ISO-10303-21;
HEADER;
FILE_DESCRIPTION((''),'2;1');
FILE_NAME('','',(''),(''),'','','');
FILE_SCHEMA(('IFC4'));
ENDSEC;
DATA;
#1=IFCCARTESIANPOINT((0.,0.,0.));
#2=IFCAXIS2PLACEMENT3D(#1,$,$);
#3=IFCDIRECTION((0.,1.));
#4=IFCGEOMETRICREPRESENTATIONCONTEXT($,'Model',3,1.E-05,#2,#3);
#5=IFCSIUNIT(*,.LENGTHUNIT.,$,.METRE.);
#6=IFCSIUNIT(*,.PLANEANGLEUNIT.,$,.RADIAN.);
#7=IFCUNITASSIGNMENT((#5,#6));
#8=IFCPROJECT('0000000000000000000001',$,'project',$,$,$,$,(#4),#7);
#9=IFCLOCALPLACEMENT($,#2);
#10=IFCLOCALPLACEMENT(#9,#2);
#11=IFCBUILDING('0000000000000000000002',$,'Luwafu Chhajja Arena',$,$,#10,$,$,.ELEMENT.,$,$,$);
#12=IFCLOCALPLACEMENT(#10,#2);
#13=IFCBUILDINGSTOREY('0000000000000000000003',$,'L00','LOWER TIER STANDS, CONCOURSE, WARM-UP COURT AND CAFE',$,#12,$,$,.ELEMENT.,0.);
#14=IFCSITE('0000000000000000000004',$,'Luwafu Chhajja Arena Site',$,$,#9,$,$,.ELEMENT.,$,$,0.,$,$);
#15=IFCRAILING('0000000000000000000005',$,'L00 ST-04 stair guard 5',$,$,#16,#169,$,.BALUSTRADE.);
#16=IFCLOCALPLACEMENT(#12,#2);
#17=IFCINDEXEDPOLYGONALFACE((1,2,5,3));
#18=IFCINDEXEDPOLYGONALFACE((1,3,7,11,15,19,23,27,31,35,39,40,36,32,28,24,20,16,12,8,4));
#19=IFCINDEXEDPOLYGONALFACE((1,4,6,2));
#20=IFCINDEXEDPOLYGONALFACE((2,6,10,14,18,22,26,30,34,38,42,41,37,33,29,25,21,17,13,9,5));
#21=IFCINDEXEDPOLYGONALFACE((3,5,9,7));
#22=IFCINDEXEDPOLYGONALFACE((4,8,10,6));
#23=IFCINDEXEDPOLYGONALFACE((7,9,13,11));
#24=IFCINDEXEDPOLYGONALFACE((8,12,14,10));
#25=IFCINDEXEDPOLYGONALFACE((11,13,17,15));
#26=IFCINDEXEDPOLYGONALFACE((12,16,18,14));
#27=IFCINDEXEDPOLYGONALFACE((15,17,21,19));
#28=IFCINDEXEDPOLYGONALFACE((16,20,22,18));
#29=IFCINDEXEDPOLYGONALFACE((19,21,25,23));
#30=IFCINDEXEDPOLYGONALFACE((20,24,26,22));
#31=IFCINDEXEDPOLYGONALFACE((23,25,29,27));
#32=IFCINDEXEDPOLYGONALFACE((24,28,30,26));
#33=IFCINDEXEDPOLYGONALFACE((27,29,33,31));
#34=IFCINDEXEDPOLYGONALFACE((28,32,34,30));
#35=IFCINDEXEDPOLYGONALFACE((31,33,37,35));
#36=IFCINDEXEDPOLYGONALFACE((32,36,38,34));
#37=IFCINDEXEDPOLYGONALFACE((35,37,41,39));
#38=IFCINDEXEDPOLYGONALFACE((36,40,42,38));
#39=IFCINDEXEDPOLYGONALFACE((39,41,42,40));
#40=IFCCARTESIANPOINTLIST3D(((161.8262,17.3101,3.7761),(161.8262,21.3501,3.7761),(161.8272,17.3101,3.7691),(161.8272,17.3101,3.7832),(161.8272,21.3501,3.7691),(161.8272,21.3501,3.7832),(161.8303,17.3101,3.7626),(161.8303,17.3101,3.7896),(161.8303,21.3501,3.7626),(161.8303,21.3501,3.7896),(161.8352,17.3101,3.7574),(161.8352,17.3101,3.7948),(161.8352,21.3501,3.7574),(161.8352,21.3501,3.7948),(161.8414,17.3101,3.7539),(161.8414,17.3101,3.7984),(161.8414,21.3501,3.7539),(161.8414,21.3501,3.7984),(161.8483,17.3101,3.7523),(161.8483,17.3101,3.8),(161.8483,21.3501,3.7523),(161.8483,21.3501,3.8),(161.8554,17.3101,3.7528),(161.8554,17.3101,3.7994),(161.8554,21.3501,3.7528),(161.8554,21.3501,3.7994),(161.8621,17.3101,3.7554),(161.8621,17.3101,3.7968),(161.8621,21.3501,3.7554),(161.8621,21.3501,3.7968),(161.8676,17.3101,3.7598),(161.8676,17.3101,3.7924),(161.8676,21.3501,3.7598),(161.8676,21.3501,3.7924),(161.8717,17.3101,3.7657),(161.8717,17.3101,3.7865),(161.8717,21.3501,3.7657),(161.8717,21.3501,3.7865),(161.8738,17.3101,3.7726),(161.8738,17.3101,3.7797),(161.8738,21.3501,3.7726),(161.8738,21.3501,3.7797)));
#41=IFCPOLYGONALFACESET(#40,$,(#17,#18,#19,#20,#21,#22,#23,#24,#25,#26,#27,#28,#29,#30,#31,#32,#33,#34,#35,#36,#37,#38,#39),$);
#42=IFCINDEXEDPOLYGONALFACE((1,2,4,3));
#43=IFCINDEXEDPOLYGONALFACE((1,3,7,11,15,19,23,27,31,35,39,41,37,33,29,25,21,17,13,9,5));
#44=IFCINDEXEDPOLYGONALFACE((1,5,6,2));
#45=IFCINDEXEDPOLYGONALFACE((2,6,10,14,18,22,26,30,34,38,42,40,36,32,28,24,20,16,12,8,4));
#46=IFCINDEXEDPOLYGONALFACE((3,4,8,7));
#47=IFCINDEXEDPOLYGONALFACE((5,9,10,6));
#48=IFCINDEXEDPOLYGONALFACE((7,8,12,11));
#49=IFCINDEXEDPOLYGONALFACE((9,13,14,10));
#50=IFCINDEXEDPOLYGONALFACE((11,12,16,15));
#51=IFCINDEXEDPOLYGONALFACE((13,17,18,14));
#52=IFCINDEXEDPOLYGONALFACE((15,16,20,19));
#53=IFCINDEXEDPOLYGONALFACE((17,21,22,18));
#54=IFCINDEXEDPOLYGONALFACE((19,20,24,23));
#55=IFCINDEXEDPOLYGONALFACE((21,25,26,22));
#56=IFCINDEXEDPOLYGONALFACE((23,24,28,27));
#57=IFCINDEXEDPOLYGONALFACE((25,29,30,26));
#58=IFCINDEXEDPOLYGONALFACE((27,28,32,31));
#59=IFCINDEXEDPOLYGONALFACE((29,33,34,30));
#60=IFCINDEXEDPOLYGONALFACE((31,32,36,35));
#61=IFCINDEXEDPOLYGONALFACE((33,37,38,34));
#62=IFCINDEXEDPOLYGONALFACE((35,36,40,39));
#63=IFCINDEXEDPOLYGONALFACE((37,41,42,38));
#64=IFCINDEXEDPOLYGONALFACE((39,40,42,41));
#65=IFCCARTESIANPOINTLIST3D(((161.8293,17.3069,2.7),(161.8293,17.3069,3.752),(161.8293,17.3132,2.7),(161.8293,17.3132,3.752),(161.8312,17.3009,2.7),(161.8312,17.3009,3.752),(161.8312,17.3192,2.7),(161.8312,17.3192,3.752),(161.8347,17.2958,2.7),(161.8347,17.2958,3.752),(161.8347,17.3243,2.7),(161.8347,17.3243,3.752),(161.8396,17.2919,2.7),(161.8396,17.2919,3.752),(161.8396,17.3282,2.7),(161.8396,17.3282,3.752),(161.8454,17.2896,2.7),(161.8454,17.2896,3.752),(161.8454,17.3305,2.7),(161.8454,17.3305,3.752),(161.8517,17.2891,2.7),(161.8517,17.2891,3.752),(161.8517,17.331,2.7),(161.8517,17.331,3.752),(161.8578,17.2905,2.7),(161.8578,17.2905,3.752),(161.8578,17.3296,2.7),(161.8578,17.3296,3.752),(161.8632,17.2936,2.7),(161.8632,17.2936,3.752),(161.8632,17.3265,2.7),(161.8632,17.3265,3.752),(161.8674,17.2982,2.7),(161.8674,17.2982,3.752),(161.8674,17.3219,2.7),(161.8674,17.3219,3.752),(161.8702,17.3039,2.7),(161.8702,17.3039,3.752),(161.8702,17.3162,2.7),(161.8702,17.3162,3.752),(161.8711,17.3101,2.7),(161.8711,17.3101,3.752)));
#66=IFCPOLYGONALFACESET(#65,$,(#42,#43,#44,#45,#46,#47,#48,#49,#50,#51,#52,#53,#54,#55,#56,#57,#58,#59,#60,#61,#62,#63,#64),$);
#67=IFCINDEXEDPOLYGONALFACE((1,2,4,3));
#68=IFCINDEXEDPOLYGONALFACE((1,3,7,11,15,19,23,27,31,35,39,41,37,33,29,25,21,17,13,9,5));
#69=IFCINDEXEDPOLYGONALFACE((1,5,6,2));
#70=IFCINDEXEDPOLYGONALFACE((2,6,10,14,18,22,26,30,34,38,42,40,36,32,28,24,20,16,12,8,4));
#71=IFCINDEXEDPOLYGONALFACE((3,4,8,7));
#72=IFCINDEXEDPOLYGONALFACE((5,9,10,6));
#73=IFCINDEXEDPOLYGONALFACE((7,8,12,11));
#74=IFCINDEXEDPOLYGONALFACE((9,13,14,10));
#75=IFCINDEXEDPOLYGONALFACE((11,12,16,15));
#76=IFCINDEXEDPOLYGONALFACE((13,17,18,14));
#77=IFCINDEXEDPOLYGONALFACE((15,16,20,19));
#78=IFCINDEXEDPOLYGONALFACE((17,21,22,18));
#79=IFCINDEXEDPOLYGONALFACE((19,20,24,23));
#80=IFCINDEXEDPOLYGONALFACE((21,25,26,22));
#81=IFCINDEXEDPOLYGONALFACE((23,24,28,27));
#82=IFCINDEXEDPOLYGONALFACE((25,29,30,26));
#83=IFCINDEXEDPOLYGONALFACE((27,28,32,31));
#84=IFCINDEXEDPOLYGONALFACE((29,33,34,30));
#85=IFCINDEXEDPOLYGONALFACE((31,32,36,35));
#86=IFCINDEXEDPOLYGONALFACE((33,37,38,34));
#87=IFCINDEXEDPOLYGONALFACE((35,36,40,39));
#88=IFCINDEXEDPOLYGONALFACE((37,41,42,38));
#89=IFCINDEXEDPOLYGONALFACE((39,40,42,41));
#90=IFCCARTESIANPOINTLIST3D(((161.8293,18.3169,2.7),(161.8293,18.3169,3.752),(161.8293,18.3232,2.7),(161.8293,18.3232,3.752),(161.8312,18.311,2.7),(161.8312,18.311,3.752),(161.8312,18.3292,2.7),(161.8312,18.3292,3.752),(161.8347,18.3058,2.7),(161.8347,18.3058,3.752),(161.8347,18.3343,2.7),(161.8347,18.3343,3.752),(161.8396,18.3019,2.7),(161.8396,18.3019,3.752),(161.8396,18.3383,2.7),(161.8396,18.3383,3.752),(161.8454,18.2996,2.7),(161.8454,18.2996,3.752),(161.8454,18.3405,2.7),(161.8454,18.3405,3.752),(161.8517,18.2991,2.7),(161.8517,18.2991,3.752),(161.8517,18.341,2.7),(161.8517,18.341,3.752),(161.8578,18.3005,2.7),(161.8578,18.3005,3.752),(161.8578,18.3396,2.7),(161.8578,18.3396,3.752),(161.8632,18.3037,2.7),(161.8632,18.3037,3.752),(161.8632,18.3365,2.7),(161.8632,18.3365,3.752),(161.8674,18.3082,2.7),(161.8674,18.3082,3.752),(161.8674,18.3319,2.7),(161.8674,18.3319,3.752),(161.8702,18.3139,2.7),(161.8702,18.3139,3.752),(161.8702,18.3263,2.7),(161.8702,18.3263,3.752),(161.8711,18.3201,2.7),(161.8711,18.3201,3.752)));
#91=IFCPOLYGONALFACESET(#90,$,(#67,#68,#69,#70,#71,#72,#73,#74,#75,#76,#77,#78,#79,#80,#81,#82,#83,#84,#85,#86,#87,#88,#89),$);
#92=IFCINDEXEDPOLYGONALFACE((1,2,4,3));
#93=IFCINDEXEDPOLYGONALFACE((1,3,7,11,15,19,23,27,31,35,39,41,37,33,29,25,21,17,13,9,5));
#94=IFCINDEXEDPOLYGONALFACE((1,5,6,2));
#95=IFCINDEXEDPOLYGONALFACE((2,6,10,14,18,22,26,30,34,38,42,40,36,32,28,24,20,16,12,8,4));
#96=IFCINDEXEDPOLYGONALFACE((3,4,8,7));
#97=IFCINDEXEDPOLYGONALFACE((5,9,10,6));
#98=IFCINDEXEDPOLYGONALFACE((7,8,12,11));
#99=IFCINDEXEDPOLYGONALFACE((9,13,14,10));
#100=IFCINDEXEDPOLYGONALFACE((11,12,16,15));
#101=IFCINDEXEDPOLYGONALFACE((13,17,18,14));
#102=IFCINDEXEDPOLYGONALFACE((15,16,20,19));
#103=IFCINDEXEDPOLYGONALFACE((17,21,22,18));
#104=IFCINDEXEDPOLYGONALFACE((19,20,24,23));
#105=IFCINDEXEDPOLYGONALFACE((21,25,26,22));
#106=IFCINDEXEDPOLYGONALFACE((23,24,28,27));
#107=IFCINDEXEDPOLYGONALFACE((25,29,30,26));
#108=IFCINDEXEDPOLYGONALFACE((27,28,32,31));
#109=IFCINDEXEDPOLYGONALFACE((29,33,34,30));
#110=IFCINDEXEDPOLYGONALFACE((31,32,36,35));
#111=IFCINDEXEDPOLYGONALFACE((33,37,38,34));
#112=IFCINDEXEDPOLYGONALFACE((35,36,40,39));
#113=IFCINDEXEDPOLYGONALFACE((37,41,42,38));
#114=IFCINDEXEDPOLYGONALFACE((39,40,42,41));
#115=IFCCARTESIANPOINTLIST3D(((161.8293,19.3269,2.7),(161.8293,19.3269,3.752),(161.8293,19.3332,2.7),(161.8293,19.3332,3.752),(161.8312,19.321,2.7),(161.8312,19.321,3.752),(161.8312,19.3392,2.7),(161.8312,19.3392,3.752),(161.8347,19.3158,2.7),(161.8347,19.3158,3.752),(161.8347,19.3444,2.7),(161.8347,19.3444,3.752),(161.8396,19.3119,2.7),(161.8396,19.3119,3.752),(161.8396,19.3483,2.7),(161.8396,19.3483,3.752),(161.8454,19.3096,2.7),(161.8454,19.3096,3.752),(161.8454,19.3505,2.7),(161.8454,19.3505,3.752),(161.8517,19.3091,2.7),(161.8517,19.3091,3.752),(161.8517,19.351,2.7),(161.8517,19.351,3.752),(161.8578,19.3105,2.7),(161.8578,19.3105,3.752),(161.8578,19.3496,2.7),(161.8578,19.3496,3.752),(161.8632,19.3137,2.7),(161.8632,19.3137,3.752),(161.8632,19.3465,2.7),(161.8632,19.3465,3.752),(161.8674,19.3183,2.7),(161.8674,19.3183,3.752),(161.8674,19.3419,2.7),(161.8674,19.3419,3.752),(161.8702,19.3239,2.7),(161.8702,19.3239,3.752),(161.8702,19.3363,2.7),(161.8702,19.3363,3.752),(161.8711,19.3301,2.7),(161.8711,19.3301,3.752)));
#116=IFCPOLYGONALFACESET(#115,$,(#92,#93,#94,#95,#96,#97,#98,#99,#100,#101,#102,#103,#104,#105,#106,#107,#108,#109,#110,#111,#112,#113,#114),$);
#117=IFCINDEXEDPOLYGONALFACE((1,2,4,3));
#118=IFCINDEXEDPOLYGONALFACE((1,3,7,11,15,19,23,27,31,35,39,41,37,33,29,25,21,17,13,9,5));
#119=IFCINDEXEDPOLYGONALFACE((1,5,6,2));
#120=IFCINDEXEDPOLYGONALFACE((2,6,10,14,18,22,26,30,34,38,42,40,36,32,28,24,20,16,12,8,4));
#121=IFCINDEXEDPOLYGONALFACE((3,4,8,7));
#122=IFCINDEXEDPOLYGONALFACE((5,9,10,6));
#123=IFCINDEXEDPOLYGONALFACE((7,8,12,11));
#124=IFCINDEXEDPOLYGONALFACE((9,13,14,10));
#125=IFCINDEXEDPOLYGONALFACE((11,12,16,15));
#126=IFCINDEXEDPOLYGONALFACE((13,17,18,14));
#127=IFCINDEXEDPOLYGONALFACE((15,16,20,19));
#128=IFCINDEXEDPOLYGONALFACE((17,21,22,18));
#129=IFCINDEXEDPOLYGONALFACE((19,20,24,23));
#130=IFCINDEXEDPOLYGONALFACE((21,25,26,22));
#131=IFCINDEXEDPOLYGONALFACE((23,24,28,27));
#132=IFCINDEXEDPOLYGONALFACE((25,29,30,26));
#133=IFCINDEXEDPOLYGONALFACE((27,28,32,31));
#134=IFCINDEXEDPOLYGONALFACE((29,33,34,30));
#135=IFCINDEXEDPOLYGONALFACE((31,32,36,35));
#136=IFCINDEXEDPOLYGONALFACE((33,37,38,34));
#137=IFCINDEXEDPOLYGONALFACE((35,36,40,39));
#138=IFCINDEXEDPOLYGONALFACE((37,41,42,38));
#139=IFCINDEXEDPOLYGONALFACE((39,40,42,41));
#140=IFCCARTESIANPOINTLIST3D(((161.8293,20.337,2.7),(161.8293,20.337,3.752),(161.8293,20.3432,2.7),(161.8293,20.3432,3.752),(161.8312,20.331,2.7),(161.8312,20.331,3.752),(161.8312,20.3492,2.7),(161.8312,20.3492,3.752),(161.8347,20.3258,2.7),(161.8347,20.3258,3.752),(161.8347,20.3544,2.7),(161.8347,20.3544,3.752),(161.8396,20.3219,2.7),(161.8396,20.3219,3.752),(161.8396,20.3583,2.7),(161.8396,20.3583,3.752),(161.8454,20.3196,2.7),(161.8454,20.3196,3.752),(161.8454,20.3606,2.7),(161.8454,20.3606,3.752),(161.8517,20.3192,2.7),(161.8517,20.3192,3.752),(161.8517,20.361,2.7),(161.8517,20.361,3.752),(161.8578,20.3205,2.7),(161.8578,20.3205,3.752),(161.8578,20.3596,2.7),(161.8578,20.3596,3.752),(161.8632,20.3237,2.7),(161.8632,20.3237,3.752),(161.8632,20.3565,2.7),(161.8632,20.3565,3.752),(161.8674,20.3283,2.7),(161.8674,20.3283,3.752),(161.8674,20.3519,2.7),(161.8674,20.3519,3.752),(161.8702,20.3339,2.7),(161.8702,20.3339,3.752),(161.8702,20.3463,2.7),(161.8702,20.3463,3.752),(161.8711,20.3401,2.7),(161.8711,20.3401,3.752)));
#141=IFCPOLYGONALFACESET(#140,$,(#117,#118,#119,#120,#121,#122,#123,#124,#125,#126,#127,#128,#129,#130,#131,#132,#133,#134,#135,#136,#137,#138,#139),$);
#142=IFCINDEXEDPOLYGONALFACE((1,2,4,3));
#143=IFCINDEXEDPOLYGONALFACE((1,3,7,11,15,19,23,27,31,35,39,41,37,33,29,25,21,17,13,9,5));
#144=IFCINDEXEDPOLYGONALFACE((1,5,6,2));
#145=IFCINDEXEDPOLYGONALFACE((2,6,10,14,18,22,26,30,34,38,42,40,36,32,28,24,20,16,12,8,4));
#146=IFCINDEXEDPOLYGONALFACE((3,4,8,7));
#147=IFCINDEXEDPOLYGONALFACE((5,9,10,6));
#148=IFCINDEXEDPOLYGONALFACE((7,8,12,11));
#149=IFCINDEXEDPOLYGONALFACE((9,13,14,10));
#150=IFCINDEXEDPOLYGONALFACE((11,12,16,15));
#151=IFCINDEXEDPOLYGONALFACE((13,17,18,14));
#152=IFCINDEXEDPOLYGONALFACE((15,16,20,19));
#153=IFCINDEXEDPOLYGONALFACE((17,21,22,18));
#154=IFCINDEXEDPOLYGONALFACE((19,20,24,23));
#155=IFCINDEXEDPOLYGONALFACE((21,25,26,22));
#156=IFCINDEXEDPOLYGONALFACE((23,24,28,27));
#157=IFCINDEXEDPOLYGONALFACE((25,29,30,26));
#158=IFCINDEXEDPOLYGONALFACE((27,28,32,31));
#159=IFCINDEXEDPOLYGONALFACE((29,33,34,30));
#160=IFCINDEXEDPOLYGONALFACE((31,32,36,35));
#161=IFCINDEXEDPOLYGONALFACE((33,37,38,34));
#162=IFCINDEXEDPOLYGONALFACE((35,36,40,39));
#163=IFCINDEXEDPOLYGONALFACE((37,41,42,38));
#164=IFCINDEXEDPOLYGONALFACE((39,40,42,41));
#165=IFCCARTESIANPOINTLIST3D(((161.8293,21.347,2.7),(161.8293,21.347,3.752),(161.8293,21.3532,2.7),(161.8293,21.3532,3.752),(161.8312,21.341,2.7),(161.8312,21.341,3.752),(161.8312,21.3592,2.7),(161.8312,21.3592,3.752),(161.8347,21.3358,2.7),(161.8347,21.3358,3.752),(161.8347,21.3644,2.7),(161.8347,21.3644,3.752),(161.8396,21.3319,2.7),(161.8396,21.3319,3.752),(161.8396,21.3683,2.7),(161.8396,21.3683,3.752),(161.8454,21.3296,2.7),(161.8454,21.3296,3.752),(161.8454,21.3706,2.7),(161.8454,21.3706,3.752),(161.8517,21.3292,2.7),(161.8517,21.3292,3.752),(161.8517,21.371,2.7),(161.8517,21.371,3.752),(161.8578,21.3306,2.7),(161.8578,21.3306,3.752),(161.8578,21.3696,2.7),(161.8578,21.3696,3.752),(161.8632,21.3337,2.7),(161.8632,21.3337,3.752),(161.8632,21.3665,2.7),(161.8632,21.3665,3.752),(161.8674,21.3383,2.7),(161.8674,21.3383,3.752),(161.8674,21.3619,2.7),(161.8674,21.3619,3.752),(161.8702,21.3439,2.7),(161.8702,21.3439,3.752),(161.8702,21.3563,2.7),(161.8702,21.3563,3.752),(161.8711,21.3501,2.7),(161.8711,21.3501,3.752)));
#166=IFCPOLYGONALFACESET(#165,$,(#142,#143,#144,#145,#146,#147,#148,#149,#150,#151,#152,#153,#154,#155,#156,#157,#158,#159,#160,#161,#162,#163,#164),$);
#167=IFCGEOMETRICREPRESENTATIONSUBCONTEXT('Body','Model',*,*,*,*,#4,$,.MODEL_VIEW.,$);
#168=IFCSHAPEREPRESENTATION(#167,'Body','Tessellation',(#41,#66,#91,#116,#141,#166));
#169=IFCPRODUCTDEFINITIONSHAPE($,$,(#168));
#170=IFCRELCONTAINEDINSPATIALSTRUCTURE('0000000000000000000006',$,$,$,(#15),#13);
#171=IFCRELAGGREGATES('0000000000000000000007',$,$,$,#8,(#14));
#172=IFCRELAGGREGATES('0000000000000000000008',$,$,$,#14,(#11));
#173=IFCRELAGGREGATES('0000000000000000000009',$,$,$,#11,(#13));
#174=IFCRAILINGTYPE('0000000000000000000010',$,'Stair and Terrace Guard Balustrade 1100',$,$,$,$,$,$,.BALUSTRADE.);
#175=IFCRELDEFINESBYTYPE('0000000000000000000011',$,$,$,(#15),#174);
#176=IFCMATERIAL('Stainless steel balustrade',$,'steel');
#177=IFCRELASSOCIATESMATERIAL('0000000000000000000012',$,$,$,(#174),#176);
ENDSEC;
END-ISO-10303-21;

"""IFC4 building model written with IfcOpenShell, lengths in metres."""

from ifc_helpers import new_model, si_unit, direction, frame, origin, origin_2d, place, context, subcontext, project, spatial, circle, extrude, material, type_object, element, save


model = new_model("IFC4")

# Units and contexts
model_context = context("Model", 3, precision=1e-05, world=origin(), true_north=direction((0.0, 1.0)))
body_context = subcontext(model_context, "Body", "Model", "MODEL_VIEW")
ifc_project = project(units=[si_unit("LENGTHUNIT", "METRE"), si_unit("PLANEANGLEUNIT", "RADIAN")], contexts=[model_context])

# Site, building, storey
site_placement = place(None, origin())
site = spatial("IfcSite", under=ifc_project, at=site_placement, Name="Luwafu Chhajja Arena Site", CompositionType="ELEMENT", RefElevation=0.0)
building_placement = place(site_placement, origin())
building = spatial("IfcBuilding", under=site, at=building_placement, Name="Luwafu Chhajja Arena", CompositionType="ELEMENT")
storey_placement = place(building_placement, origin())
storey = spatial("IfcBuildingStorey", under=building, at=storey_placement, Name="L00", Description="LOWER TIER STANDS, CONCOURSE, WARM-UP COURT AND CAFE", CompositionType="ELEMENT", Elevation=0.0)

# Railing
ifc_material_1 = material(Name="Stainless steel balustrade", Category="steel")
railing_type_1 = type_object("IfcRailingType", Name="Stair and Terrace Guard Balustrade 1100", PredefinedType="BALUSTRADE", material=ifc_material_1)
railing_1_placement = place(storey_placement, frame((161.8501, 17.3101, 2.7)))
element("IfcRailing", 1, at=railing_1_placement, inside=storey, type_object=railing_type_1, Name="L00 ST-04 stair guard 5", PredefinedType="BALUSTRADE", context=body_context, shape_type="SweptSolid", body=[
    extrude(circle(Radius=0.0239, at=origin_2d()), frame((0.0, 0.0, 1.0762), z_axis=(0.0, 1.0, 0.0), x_axis=(-1.0, 0.0, 0.0)), (0.0, 0.0, 1.0), 4.04),
    extrude(circle(Radius=0.021, at=origin_2d()), origin(), (0.0, 0.0, 1.0), 1.052),
    extrude(circle(Radius=0.021, at=origin_2d()), frame((0.0, 1.01, 0.0)), (0.0, 0.0, 1.0), 1.052),
    extrude(circle(Radius=0.021, at=origin_2d()), frame((0.0, 2.02, 0.0)), (0.0, 0.0, 1.0), 1.052),
    extrude(circle(Radius=0.021, at=origin_2d()), frame((0.0, 3.03, 0.0)), (0.0, 0.0, 1.0), 1.052),
    extrude(circle(Radius=0.021, at=origin_2d()), frame((0.0, 4.04, 0.0)), (0.0, 0.0, 1.0), 1.052),
])

save(model, "model.ifc")
